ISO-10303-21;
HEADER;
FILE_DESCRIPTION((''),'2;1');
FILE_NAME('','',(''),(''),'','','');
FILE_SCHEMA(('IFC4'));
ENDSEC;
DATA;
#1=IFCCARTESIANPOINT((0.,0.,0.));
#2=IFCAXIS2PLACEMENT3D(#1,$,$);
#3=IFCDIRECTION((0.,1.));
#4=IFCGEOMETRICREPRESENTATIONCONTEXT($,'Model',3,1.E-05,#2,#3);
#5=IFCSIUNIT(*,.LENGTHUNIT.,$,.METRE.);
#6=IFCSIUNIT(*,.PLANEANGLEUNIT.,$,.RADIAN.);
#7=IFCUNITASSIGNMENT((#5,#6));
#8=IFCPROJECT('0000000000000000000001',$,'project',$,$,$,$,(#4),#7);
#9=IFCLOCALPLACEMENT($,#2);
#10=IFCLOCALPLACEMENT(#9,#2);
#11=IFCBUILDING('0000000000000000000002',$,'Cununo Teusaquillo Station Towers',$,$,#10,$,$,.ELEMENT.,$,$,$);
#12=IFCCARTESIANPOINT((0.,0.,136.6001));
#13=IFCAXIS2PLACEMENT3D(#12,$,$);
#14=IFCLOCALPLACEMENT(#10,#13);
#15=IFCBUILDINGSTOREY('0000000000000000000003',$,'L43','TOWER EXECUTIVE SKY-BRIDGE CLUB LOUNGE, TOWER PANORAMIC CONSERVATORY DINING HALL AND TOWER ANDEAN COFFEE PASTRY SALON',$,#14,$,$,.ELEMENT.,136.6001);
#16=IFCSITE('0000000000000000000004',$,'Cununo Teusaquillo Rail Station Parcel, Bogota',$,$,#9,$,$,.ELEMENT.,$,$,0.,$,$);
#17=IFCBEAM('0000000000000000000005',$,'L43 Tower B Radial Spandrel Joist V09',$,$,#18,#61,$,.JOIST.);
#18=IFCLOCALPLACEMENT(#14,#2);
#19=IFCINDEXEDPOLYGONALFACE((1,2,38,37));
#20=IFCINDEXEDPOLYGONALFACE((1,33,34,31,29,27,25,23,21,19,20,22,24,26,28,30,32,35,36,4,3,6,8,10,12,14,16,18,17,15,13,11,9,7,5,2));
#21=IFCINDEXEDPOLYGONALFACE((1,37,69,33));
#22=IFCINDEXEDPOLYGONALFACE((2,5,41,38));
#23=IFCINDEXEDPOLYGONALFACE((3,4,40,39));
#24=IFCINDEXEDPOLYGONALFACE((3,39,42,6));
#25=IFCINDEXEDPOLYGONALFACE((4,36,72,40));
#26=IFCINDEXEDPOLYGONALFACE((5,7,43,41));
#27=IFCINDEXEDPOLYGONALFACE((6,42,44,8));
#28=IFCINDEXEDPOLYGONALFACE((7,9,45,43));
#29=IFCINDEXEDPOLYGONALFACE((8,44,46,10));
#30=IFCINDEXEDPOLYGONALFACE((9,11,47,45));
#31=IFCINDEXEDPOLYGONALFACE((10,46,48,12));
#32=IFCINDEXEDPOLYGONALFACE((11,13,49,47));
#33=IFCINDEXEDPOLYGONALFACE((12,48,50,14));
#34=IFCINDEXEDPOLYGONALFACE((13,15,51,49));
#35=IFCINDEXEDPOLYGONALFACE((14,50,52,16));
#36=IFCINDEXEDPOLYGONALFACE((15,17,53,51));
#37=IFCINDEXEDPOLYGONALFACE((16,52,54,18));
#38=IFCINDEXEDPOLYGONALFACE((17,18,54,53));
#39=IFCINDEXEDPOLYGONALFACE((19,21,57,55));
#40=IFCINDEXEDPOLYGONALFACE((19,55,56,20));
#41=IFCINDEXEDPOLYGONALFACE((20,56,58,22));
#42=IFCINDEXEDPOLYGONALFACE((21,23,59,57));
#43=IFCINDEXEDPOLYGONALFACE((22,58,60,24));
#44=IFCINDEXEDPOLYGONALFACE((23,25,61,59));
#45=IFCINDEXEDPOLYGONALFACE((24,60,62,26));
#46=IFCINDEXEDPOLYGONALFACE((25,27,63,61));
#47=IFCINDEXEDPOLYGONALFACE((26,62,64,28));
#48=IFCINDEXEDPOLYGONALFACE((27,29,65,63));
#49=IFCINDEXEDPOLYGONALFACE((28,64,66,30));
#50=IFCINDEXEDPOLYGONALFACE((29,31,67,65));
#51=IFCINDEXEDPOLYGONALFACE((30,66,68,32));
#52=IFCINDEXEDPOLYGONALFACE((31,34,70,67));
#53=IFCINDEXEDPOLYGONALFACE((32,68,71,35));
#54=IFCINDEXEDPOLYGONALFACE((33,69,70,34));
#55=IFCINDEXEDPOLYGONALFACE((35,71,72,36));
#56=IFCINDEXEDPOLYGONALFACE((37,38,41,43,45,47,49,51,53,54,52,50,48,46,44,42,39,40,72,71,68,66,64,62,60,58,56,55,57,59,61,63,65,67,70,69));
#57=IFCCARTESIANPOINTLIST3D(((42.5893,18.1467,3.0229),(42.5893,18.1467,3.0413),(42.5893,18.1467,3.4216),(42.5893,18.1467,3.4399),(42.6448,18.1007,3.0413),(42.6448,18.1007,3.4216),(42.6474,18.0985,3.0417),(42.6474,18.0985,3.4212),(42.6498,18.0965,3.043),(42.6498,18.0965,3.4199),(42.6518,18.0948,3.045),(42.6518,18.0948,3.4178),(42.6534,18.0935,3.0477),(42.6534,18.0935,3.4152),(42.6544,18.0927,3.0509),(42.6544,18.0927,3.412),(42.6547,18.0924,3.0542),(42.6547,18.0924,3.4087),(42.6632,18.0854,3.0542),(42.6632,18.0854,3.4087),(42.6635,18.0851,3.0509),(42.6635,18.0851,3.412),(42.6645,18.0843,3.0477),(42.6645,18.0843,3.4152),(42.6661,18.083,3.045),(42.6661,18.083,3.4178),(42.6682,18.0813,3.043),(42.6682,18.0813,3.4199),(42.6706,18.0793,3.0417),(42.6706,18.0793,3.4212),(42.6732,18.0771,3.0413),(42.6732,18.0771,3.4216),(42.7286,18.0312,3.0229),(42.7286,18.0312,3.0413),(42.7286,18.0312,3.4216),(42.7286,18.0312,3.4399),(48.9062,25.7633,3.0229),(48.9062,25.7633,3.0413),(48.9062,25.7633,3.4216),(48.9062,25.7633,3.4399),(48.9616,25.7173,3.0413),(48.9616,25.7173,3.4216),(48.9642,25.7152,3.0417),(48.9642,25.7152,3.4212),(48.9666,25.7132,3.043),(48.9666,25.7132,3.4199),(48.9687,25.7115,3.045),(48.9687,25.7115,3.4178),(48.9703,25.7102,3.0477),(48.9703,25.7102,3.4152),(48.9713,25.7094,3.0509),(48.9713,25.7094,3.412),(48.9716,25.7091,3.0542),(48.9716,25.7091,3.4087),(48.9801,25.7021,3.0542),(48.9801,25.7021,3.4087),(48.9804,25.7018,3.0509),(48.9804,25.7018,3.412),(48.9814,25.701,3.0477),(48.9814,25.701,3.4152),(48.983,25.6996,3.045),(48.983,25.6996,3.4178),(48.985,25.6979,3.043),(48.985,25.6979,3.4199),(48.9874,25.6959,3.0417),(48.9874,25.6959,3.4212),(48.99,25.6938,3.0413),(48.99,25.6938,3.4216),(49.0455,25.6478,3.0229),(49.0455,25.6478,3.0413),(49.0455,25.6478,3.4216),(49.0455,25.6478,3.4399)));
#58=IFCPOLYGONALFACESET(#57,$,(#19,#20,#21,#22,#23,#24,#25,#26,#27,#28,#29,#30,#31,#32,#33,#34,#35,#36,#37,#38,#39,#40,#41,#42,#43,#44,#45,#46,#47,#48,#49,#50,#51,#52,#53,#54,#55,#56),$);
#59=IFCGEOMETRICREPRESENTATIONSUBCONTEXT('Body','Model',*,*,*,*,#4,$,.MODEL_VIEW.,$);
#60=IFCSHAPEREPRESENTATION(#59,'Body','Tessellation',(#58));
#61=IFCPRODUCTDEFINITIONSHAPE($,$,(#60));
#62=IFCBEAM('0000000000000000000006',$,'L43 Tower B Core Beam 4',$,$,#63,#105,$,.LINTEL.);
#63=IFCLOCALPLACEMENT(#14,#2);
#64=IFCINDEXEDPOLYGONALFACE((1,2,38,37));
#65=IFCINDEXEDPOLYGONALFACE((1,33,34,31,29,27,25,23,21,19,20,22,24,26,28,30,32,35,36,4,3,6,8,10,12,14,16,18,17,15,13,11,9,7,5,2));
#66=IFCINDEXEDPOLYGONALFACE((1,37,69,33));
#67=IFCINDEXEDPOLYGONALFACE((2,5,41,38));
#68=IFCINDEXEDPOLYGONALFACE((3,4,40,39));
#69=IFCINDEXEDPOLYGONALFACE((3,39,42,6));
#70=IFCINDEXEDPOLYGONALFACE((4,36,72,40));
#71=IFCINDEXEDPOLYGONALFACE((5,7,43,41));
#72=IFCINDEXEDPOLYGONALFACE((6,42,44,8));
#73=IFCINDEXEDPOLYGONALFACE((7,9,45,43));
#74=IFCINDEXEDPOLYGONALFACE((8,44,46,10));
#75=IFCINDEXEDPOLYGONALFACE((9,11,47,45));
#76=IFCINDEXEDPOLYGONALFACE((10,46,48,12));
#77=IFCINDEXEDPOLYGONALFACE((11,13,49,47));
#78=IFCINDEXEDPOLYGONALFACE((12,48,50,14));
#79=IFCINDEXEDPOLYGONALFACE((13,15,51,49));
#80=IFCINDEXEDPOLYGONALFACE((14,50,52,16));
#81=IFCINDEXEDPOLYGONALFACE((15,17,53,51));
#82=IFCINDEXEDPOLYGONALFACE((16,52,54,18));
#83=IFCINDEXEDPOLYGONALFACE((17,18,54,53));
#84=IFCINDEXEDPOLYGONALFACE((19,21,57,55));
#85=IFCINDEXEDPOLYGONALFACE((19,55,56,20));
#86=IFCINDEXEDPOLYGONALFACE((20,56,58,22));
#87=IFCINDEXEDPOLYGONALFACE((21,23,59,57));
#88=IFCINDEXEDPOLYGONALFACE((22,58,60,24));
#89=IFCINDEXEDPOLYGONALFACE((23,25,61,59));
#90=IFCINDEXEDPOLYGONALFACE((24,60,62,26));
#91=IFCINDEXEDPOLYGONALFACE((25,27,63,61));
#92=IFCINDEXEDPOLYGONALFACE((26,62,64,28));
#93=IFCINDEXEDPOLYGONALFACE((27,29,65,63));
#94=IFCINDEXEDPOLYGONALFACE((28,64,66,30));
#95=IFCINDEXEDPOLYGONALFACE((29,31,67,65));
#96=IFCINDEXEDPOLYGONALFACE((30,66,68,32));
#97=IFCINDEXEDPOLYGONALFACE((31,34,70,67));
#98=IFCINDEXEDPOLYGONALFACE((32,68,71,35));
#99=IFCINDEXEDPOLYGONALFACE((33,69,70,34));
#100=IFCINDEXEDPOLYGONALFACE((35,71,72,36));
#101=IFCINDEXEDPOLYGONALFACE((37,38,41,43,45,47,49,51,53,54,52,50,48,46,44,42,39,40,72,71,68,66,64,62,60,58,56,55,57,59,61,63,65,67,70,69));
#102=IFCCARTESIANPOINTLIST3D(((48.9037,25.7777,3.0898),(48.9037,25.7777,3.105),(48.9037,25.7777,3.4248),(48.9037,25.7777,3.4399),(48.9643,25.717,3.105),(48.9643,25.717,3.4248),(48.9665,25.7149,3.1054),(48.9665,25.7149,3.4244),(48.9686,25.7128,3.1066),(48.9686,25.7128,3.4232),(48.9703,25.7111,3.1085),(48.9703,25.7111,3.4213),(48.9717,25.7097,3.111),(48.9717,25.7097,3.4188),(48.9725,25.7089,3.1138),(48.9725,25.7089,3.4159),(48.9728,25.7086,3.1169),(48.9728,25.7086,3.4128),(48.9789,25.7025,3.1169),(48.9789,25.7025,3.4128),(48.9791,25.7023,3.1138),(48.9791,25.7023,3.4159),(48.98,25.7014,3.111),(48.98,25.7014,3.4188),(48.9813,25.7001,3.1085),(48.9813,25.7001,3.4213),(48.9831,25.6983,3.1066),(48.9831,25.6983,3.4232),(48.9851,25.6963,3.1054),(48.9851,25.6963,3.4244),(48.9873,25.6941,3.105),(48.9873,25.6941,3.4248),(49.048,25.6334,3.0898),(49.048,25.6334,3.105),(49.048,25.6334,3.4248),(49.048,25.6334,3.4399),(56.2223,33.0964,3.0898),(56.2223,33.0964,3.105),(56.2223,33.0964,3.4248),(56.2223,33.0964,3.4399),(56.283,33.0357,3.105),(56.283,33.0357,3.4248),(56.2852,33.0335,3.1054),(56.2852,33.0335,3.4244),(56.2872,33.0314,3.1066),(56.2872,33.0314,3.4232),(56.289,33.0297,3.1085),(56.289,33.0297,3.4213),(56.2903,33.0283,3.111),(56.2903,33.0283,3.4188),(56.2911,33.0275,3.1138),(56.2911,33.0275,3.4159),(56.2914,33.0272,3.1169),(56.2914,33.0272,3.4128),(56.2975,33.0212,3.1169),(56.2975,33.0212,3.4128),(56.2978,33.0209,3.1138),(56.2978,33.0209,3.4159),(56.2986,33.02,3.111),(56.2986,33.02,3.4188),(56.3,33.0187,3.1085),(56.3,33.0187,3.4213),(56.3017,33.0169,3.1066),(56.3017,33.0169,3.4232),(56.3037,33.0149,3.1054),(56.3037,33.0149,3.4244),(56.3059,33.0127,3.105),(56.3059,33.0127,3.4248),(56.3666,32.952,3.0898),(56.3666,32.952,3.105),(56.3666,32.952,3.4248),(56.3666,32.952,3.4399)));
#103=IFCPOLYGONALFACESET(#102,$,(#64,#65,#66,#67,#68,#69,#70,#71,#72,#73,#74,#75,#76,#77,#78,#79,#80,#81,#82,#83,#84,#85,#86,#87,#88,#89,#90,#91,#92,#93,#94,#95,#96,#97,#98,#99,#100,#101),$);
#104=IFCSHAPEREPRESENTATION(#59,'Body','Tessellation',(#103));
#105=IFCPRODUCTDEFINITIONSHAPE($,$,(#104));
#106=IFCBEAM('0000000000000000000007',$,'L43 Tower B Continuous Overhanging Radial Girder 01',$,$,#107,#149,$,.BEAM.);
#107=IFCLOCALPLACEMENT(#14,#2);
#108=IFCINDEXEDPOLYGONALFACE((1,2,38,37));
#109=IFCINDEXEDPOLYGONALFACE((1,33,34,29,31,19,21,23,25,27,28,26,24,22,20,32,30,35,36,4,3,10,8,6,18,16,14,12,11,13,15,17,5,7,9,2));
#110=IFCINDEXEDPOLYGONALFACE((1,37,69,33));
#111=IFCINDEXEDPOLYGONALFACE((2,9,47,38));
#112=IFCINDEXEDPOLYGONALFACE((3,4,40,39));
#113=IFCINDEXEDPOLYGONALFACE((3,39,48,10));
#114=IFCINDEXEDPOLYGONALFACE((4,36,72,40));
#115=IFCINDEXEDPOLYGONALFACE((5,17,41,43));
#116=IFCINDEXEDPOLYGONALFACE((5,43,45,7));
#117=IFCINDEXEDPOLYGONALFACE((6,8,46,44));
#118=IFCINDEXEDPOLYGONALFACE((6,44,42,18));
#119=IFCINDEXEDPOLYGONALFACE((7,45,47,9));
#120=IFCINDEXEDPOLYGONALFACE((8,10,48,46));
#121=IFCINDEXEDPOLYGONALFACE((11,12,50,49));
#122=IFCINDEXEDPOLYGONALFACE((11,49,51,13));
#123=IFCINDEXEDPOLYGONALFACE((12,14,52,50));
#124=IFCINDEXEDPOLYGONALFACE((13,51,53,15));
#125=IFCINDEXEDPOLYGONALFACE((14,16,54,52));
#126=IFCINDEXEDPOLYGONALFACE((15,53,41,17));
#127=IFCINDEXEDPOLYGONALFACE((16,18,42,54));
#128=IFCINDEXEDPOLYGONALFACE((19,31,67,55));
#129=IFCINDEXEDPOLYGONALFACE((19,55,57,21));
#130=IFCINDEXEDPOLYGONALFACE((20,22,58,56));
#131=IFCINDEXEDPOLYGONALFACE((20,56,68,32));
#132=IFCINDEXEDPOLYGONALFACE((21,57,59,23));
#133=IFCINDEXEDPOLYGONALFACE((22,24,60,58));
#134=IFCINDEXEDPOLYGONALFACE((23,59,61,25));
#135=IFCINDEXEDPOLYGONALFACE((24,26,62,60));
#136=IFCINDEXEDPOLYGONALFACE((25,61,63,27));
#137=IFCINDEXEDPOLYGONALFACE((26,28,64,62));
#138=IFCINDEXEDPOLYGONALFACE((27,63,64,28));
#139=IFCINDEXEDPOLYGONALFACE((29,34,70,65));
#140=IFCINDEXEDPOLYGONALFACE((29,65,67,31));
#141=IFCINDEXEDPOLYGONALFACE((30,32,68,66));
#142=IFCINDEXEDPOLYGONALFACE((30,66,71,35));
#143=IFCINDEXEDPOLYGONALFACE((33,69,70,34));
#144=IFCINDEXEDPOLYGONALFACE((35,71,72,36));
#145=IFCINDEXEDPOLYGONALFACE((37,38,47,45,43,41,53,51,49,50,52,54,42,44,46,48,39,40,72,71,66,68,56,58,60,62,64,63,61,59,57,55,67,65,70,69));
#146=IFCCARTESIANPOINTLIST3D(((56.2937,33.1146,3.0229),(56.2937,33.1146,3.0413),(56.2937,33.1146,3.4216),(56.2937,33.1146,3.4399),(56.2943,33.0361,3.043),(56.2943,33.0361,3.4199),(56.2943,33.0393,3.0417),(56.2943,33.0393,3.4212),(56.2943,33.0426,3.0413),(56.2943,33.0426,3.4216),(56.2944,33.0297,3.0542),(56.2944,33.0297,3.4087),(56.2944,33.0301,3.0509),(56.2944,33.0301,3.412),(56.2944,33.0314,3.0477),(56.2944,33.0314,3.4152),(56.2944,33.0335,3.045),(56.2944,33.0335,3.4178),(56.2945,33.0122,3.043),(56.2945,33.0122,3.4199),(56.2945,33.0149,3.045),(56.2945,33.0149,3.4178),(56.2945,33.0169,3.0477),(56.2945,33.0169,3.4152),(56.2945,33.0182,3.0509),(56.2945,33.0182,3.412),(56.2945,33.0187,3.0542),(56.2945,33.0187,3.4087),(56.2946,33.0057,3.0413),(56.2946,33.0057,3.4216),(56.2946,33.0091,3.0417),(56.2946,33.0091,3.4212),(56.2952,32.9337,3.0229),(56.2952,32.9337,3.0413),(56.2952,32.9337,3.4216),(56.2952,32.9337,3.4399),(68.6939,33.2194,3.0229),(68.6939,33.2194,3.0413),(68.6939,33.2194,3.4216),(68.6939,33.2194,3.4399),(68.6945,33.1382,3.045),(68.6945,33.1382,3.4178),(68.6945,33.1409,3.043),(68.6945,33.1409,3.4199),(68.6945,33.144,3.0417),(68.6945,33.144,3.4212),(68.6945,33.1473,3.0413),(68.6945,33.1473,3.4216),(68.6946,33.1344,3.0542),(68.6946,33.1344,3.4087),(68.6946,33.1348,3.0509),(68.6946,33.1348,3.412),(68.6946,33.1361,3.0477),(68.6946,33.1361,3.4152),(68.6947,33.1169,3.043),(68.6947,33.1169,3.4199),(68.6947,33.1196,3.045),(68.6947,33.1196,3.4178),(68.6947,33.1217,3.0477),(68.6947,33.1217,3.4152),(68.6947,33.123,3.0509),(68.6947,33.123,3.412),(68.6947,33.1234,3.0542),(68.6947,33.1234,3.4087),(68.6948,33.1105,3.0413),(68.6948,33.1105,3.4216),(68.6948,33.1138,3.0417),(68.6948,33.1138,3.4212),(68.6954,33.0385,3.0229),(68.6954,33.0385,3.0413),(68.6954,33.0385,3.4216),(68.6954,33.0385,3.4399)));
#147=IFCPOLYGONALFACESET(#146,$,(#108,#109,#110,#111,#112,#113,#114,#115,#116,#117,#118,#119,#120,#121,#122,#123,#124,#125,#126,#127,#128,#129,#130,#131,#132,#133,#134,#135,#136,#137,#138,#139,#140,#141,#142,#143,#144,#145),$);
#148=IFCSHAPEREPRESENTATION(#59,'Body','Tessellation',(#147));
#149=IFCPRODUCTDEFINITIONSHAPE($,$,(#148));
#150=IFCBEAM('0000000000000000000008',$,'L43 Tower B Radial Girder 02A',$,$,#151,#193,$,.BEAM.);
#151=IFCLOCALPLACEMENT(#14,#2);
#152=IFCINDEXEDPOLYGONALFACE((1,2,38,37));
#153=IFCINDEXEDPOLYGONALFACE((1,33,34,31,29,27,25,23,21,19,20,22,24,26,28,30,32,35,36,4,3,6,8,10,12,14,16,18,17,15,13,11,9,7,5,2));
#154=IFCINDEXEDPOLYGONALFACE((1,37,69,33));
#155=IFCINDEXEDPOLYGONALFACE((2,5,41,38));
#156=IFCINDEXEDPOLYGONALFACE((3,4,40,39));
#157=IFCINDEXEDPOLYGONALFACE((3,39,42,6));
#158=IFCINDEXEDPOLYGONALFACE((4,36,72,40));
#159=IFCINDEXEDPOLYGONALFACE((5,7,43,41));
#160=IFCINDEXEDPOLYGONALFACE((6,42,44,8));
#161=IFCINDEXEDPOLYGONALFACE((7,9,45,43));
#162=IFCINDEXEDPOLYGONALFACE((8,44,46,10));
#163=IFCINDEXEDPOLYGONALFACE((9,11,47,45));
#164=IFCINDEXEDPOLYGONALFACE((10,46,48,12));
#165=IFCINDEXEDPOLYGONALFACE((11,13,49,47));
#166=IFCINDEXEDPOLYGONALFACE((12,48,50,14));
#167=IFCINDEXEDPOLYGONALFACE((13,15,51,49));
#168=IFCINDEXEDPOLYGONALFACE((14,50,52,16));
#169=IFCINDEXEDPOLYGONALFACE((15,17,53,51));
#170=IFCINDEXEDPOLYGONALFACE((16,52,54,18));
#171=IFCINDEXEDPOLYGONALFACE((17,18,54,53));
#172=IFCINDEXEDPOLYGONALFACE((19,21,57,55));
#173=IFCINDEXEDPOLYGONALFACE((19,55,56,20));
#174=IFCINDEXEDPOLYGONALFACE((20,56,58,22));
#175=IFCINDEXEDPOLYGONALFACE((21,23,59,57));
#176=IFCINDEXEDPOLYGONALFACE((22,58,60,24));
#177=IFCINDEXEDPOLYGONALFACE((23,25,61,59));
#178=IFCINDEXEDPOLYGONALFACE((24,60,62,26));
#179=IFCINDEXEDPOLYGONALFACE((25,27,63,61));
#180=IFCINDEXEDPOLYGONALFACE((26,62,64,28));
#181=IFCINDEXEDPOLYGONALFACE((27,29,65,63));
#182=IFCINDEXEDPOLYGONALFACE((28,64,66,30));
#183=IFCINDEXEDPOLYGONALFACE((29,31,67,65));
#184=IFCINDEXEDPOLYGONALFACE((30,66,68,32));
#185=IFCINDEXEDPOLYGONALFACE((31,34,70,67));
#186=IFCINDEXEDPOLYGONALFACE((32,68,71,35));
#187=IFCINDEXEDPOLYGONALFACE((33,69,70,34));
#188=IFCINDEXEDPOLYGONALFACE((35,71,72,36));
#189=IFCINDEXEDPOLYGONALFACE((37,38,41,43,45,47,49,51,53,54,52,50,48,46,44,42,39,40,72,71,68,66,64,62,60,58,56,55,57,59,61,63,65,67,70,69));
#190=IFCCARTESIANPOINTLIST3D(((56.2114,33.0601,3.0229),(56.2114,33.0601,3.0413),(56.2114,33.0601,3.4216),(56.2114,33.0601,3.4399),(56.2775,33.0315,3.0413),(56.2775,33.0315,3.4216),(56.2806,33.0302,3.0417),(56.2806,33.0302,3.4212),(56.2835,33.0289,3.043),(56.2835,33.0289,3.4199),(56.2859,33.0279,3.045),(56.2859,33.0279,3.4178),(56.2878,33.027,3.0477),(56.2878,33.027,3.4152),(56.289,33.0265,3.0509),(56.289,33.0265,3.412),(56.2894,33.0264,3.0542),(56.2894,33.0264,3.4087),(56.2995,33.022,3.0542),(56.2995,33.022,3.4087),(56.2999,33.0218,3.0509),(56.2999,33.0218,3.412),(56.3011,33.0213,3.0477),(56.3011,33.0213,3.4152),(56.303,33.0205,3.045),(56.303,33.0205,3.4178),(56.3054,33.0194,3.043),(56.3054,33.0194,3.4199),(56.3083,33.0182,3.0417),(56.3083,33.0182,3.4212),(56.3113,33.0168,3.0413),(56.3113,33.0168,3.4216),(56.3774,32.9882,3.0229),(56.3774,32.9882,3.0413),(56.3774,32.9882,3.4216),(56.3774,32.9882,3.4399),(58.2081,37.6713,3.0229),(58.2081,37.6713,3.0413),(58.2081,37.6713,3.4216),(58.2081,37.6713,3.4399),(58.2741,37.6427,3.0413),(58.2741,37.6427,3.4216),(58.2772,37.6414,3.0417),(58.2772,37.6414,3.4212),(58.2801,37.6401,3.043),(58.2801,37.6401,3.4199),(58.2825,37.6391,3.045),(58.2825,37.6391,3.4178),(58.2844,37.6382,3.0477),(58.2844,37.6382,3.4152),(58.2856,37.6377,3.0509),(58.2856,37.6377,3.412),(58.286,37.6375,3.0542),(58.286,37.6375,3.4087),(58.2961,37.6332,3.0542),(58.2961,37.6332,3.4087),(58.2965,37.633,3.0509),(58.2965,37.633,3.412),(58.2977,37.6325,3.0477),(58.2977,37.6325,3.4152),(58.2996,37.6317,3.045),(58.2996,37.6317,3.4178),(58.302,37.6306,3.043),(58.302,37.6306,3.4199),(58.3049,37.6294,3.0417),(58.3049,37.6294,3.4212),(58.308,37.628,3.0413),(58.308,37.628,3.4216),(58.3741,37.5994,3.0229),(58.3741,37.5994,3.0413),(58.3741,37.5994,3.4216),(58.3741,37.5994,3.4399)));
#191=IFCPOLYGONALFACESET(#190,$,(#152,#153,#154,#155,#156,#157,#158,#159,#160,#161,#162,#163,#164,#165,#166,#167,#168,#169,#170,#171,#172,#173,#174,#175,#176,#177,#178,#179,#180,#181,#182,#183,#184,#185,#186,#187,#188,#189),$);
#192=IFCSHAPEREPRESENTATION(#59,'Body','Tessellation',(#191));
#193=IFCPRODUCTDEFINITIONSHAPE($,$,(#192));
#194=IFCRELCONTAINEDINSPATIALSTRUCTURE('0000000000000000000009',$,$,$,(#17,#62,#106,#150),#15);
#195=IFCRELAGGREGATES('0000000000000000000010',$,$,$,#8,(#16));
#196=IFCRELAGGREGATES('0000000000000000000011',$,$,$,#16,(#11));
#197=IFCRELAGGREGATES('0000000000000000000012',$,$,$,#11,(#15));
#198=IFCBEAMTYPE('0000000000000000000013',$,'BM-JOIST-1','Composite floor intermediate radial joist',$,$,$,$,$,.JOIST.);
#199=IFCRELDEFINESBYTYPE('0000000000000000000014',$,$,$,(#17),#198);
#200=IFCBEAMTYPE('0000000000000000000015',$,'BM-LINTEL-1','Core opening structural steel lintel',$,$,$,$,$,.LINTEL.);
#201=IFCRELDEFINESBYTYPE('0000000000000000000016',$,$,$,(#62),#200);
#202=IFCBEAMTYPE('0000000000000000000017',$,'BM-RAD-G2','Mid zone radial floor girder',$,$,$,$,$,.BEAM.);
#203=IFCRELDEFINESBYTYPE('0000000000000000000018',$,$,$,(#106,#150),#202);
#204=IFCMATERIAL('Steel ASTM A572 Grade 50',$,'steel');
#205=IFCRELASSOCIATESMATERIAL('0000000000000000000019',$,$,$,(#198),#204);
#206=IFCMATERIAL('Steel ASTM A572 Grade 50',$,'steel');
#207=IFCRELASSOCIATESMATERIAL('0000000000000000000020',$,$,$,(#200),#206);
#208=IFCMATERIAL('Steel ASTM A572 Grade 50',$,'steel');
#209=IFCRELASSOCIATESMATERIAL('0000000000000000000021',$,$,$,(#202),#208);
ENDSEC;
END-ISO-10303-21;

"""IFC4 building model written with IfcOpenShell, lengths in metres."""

from ifc_helpers import new_model, si_unit, direction, frame, origin, origin_2d, place, context, subcontext, project, spatial, i_section, extrude, material, material_profile, profile_set, type_object, element, save


model = new_model("IFC4")

# Units and contexts
model_context = context("Model", 3, precision=1e-05, world=origin(), true_north=direction((0.0, 1.0)))
body_context = subcontext(model_context, "Body", "Model", "MODEL_VIEW")
ifc_project = project(units=[si_unit("LENGTHUNIT", "METRE"), si_unit("PLANEANGLEUNIT", "RADIAN")], contexts=[model_context])

# Site, building, storey
site_placement = place(None, origin())
site = spatial("IfcSite", under=ifc_project, at=site_placement, Name="Cununo Teusaquillo Rail Station Parcel, Bogota", CompositionType="ELEMENT", RefElevation=0.0)
building_placement = place(site_placement, origin())
building = spatial("IfcBuilding", under=site, at=building_placement, Name="Cununo Teusaquillo Station Towers", CompositionType="ELEMENT")
storey_placement = place(building_placement, frame((0.0, 0.0, 136.6001)))
storey = spatial("IfcBuildingStorey", under=building, at=storey_placement, Name="L43", Description="TOWER EXECUTIVE SKY-BRIDGE CLUB LOUNGE, TOWER PANORAMIC CONSERVATORY DINING HALL AND TOWER ANDEAN COFFEE PASTRY SALON", CompositionType="ELEMENT", Elevation=136.6001)

# Beams
ifc_material_1 = material(Name="Steel ASTM A572 Grade 50", Category="steel")
ifc_material_profile_1 = material_profile(ifc_material_1, i_section(OverallWidth=0.1809, OverallDepth=0.417, WebThickness=0.011, FlangeThickness=0.0183, FilletRadius=0.0129, at=origin_2d()), Name="W16X57")
ifc_profile_set_1 = profile_set([ifc_material_profile_1], Name="Steel ASTM A572 Grade 50")
beam_type_1 = type_object("IfcBeamType", Name="BM-JOIST-1", Description="Composite floor intermediate radial joist", PredefinedType="JOIST", material=ifc_profile_set_1)
beam_1_placement = place(storey_placement, frame((48.9758, 25.7056, 3.2314), z_axis=(-0.638372, -0.769728, 0.0), x_axis=(0.769728, -0.638372, 0.0)))
element("IfcBeam", 1, at=beam_1_placement, inside=storey, type_object=beam_type_1, Name="L43 Tower B Radial Spandrel Joist V09", PredefinedType="JOIST", context=body_context, shape_type="SweptSolid", body=[
    extrude(i_section(OverallWidth=0.1809, OverallDepth=0.417, WebThickness=0.011, FlangeThickness=0.0183, FilletRadius=0.0129, at=origin_2d()), origin(), (0.0, 0.0, 1.0), 9.8953),
])
ifc_material_2 = material(Name="Steel ASTM A572 Grade 50", Category="steel")
ifc_material_profile_2 = material_profile(ifc_material_2, i_section(OverallWidth=0.2041, OverallDepth=0.3501, WebThickness=0.0085, FlangeThickness=0.0151, FilletRadius=0.012, at=origin_2d()), Name="W14X48")
ifc_profile_set_2 = profile_set([ifc_material_profile_2], Name="Steel ASTM A572 Grade 50")
beam_type_2 = type_object("IfcBeamType", Name="BM-LINTEL-1", Description="Core opening structural steel lintel", PredefinedType="LINTEL", material=ifc_profile_set_2)
beam_2_placement = place(storey_placement, frame((48.9758, 25.7056, 3.2649), z_axis=(0.707107, 0.707107, 0.0), x_axis=(-0.707107, 0.707107, 0.0)))
element("IfcBeam", 2, at=beam_2_placement, inside=storey, type_object=beam_type_2, Name="L43 Tower B Core Beam 4", PredefinedType="LINTEL", context=body_context, shape_type="SweptSolid", body=[
    extrude(i_section(OverallWidth=0.2041, OverallDepth=0.3501, WebThickness=0.0085, FlangeThickness=0.0151, FilletRadius=0.012, at=origin_2d()), origin(), (0.0, 0.0, 1.0), 10.3501),
])
ifc_material_3 = material(Name="Steel ASTM A572 Grade 50", Category="steel")
ifc_material_profile_3 = material_profile(ifc_material_3, i_section(OverallWidth=0.1809, OverallDepth=0.417, WebThickness=0.011, FlangeThickness=0.0183, FilletRadius=0.0129, at=origin_2d()), Name="W16X57")
ifc_profile_set_3 = profile_set([ifc_material_profile_3], Name="Steel ASTM A572 Grade 50")
beam_type_3 = type_object("IfcBeamType", Name="BM-RAD-G2", Description="Mid zone radial floor girder", PredefinedType="BEAM", material=ifc_profile_set_3)
beam_3_placement = place(storey_placement, frame((56.2944, 33.0242, 3.2314), z_axis=(0.999964, 0.008446, 0.0), x_axis=(-0.008446, 0.999964, 0.0)))
element("IfcBeam", 3, at=beam_3_placement, inside=storey, type_object=beam_type_3, Name="L43 Tower B Continuous Overhanging Radial Girder 01", PredefinedType="BEAM", context=body_context, shape_type="SweptSolid", body=[
    extrude(i_section(OverallWidth=0.1809, OverallDepth=0.417, WebThickness=0.011, FlangeThickness=0.0183, FilletRadius=0.0129, at=origin_2d()), origin(), (0.0, 0.0, 1.0), 12.4006),
])
beam_4_placement = place(storey_placement, frame((56.2944, 33.0242, 3.2314), z_axis=(0.397347, 0.917668, 0.0), x_axis=(-0.917668, 0.397347, 0.0)))
element("IfcBeam", 4, at=beam_4_placement, inside=storey, type_object=beam_type_3, Name="L43 Tower B Radial Girder 02A", PredefinedType="BEAM", context=body_context, shape_type="SweptSolid", body=[
    extrude(i_section(OverallWidth=0.1809, OverallDepth=0.417, WebThickness=0.011, FlangeThickness=0.0183, FilletRadius=0.0129, at=origin_2d()), origin(), (0.0, 0.0, 1.0), 5.0249),
])

save(model, "model.ifc")
